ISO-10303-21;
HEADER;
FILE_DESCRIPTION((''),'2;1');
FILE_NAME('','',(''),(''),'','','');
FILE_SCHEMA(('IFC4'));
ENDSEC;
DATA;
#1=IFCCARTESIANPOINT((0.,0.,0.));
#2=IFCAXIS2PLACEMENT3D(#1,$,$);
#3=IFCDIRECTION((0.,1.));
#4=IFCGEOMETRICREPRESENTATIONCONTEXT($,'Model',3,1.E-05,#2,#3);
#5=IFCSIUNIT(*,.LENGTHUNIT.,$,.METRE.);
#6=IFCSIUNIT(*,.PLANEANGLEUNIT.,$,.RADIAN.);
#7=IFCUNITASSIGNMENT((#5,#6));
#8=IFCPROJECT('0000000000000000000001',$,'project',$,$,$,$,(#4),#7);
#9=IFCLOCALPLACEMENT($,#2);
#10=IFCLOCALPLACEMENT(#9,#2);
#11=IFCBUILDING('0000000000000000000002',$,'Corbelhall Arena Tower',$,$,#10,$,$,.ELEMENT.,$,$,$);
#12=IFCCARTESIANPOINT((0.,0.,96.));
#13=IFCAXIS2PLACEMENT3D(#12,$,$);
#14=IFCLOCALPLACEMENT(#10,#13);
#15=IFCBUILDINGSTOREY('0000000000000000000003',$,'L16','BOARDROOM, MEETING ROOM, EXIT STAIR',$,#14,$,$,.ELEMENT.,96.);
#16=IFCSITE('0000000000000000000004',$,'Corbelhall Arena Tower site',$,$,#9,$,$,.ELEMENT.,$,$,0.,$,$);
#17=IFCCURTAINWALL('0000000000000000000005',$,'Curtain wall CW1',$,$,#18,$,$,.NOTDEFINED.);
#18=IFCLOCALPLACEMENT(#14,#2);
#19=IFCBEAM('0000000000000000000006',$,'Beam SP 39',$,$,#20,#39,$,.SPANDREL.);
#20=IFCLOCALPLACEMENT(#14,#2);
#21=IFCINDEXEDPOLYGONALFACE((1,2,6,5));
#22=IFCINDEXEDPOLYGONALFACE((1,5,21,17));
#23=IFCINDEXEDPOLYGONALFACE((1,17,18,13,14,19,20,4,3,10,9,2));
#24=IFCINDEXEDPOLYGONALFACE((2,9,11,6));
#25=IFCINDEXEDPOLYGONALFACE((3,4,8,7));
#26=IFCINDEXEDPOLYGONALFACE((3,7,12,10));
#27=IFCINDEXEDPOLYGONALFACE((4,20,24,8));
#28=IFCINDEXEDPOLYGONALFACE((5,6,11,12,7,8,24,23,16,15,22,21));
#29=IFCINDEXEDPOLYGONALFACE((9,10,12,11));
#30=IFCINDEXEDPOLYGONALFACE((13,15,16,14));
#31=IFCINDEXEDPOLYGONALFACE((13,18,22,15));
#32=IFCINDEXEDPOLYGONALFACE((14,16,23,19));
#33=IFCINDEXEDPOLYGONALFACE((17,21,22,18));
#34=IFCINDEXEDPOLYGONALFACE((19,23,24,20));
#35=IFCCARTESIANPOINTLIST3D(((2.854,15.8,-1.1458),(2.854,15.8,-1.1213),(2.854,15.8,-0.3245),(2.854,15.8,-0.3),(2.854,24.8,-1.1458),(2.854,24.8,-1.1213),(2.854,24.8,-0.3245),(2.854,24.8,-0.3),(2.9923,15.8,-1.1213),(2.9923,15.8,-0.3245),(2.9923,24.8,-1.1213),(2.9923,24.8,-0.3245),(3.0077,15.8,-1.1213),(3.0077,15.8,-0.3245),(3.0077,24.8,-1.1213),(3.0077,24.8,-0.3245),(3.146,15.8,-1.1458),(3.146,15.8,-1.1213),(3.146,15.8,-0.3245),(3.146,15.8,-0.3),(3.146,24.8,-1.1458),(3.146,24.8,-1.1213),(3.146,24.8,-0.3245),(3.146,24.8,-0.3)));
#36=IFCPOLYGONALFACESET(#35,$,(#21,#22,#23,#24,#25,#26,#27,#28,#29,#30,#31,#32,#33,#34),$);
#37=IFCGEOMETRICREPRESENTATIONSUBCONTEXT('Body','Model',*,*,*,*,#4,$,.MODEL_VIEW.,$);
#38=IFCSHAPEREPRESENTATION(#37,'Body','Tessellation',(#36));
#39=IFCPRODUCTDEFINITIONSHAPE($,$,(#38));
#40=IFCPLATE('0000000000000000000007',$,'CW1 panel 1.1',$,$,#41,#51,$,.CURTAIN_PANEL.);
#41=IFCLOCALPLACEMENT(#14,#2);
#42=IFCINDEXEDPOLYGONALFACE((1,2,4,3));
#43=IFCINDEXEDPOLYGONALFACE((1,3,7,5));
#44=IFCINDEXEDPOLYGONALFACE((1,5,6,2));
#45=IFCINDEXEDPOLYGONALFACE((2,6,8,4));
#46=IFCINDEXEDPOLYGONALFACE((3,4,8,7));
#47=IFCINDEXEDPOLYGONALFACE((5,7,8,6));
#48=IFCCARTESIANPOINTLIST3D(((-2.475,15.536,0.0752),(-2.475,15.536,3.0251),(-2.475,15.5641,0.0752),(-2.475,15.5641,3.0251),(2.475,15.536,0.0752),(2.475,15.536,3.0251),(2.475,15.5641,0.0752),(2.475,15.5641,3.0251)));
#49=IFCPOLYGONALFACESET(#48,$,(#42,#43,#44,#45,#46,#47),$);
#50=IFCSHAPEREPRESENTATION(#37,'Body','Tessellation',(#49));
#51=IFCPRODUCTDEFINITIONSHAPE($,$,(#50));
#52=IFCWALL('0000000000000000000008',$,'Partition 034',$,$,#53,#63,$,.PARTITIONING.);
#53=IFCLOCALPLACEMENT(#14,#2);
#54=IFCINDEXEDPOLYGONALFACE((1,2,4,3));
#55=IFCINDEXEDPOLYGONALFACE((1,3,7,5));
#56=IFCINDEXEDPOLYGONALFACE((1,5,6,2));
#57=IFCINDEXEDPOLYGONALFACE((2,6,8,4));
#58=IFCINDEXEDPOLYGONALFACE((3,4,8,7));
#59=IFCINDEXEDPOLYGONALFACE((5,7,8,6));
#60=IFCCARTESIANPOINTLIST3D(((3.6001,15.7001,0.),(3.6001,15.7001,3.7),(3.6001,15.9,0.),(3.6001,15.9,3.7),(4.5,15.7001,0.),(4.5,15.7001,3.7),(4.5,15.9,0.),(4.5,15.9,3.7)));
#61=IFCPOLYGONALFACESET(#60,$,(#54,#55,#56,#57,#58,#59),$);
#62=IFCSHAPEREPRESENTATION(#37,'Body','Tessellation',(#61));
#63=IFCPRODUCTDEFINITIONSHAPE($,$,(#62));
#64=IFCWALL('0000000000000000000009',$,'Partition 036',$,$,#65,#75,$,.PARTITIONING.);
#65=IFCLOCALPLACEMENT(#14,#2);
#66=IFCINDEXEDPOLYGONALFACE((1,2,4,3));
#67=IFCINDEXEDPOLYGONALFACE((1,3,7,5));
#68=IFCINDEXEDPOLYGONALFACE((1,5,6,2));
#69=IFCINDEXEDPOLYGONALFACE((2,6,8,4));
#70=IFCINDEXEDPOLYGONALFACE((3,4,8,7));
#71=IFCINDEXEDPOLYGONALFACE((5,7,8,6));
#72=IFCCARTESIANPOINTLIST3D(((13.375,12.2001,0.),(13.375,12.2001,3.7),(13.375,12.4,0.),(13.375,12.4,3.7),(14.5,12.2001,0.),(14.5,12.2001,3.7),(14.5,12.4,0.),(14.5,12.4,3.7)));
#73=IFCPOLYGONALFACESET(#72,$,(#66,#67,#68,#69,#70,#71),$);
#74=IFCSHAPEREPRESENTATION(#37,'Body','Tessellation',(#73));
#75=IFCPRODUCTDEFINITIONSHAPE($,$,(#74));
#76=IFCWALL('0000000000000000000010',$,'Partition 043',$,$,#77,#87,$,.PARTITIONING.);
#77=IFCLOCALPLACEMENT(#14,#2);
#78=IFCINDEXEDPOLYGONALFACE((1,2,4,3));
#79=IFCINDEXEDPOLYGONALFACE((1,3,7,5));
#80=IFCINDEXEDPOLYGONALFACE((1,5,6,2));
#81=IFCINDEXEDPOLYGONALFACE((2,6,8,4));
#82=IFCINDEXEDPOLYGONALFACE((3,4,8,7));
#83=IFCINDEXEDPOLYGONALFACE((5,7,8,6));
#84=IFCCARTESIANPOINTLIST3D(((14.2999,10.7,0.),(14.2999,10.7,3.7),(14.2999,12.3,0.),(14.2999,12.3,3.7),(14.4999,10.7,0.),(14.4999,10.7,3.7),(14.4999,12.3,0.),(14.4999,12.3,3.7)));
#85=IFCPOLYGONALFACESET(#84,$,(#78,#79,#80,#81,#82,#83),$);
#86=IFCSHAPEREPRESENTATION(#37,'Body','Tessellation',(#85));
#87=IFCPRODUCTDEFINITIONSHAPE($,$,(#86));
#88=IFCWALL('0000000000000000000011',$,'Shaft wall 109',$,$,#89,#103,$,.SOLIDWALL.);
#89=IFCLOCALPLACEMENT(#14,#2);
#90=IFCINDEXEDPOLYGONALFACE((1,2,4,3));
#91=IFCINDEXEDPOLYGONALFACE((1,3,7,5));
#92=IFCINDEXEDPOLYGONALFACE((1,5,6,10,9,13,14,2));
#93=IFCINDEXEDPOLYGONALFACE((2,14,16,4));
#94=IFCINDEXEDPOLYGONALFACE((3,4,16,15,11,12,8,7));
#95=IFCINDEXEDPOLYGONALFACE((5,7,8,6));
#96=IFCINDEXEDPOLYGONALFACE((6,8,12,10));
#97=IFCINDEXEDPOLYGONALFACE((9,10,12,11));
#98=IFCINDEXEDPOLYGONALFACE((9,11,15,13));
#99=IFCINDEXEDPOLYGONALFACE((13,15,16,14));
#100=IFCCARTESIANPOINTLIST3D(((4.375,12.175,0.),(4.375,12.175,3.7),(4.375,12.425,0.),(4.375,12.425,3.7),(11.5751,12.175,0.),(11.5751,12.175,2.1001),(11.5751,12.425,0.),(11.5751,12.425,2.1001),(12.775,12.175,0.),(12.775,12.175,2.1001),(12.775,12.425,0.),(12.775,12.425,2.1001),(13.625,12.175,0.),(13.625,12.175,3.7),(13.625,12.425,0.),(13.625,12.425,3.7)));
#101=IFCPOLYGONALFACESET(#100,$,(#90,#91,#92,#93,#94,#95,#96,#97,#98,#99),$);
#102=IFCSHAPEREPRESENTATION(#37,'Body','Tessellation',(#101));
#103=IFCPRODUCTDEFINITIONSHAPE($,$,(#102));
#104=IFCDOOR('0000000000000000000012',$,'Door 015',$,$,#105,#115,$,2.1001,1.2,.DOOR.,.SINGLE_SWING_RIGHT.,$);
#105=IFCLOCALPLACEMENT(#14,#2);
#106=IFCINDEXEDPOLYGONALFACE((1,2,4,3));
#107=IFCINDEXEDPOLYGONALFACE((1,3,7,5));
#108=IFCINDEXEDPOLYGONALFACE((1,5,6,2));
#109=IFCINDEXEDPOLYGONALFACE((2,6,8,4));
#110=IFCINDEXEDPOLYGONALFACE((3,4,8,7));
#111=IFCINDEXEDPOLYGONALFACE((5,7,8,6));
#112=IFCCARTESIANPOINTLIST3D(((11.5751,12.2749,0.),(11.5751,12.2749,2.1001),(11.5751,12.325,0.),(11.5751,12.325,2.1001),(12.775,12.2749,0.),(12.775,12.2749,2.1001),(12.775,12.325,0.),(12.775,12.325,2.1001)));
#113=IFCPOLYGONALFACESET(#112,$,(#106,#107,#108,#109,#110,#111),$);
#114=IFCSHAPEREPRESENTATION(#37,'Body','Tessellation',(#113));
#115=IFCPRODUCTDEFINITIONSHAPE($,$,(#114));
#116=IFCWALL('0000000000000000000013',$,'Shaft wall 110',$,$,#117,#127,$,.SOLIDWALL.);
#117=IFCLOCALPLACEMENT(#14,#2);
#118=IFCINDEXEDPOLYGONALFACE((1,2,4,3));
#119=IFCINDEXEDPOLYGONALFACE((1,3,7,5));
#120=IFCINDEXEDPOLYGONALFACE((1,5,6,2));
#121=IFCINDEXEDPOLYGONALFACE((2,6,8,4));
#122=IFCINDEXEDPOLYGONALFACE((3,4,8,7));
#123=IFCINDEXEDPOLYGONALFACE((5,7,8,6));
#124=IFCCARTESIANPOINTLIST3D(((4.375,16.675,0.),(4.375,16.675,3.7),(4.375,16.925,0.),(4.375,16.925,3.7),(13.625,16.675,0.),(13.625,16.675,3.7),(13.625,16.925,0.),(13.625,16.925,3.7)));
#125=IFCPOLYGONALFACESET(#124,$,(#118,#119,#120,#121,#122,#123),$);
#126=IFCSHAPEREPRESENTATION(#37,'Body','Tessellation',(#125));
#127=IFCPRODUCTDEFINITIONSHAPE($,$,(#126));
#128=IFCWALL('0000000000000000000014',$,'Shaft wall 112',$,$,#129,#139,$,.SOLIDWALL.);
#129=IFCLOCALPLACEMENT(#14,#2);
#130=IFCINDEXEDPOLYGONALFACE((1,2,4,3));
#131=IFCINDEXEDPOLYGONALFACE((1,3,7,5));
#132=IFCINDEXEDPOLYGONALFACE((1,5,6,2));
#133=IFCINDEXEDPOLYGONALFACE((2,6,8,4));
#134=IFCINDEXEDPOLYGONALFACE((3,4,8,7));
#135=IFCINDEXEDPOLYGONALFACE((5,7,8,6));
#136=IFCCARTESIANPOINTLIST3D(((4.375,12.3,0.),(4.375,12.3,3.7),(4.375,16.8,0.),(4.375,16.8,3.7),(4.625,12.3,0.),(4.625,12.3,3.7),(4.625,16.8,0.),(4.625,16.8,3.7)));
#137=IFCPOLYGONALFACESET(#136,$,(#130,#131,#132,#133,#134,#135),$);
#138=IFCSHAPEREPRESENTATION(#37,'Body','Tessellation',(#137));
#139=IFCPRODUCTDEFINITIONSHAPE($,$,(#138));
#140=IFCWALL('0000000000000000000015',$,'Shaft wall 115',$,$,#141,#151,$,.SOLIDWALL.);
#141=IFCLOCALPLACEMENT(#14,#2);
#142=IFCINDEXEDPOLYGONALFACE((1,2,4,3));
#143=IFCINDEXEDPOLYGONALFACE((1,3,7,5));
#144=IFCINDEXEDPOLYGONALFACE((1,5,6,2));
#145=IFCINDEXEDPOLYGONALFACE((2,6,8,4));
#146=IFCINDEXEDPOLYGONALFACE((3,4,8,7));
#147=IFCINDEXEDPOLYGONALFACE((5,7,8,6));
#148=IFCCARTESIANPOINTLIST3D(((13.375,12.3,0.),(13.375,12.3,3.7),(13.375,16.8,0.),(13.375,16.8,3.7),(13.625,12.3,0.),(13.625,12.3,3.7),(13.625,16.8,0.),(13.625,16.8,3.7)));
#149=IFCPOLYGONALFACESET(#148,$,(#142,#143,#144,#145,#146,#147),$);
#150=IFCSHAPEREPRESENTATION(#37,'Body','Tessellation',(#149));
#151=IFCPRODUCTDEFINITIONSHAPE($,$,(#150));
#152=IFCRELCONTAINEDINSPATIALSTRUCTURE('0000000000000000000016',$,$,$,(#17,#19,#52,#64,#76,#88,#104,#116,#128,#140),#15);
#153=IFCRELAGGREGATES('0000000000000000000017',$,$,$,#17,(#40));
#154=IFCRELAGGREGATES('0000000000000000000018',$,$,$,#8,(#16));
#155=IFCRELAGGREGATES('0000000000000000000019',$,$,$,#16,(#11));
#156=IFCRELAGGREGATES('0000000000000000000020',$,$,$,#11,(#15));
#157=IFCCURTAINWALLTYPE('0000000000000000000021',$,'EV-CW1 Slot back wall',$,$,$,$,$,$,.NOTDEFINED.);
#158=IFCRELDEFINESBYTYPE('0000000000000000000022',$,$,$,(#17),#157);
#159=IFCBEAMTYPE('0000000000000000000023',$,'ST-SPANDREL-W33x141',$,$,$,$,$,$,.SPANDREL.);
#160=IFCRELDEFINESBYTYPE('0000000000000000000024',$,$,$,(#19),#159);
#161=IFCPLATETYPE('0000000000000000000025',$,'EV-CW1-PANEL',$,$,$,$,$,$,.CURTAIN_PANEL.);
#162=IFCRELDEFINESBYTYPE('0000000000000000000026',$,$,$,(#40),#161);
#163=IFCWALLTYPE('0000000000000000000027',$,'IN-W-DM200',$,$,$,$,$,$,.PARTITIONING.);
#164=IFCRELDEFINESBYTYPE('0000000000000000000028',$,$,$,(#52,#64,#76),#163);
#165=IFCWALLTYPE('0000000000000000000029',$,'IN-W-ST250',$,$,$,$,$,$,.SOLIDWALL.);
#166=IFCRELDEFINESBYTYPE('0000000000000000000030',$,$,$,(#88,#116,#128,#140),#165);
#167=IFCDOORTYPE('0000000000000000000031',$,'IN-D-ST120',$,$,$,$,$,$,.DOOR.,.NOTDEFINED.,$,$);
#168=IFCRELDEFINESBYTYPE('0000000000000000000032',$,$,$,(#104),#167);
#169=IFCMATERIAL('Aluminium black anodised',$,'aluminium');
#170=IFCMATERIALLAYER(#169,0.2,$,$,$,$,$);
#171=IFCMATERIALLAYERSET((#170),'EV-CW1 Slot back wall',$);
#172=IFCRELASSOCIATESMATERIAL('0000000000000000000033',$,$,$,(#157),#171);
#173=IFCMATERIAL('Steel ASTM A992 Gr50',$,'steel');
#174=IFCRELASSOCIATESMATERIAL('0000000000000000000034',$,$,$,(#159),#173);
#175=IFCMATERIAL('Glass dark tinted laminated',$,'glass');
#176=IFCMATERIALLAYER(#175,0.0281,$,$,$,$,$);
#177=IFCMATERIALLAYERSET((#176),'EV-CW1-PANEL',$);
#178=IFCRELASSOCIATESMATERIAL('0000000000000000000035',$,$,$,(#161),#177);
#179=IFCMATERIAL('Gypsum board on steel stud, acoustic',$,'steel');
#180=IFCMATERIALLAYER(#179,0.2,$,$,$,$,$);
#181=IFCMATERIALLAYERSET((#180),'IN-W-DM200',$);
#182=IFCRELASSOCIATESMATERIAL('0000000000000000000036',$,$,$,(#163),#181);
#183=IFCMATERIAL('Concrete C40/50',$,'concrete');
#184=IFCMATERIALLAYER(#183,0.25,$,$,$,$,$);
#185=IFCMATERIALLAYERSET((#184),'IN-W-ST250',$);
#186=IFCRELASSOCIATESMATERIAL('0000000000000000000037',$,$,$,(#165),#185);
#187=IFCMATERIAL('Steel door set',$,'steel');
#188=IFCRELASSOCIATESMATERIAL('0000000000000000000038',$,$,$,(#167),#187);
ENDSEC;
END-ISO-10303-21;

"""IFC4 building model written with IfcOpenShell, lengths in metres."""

from ifc_helpers import new_model, si_unit, direction, frame, frame_2d, origin, origin_2d, place, context, subcontext, project, spatial, rectangle, i_section, extrude, material, layer, layer_set, material_profile, profile_set, type_object, element, fill, aggregate, save


model = new_model("IFC4")

# Units and contexts
model_context = context("Model", 3, precision=1e-05, world=origin(), true_north=direction((0.0, 1.0)))
body_context = subcontext(model_context, "Body", "Model", "MODEL_VIEW")
ifc_project = project(units=[si_unit("LENGTHUNIT", "METRE"), si_unit("PLANEANGLEUNIT", "RADIAN")], contexts=[model_context])

# Site, building, storey
site_placement = place(None, origin())
site = spatial("IfcSite", under=ifc_project, at=site_placement, Name="Corbelhall Arena Tower site", CompositionType="ELEMENT", RefElevation=0.0)
building_placement = place(site_placement, origin())
building = spatial("IfcBuilding", under=site, at=building_placement, Name="Corbelhall Arena Tower", CompositionType="ELEMENT")
storey_placement = place(building_placement, frame((0.0, 0.0, 96.0)))
storey = spatial("IfcBuildingStorey", under=building, at=storey_placement, Name="L16", Description="BOARDROOM, MEETING ROOM, EXIT STAIR", CompositionType="ELEMENT", Elevation=96.0)

# Curtain wall
ifc_material_1 = material(Name="Aluminium black anodised", Category="aluminium")
ifc_layer_1 = layer(ifc_material_1, 0.2)
ifc_layer_set_1 = layer_set([ifc_layer_1], Name="EV-CW1 Slot back wall")
curtain_wall_type = type_object("IfcCurtainWallType", Name="EV-CW1 Slot back wall", PredefinedType="NOTDEFINED", material=ifc_layer_set_1)
curtain_wall_placement = place(storey_placement, origin())
curtain_wall = element("IfcCurtainWall", 1, at=curtain_wall_placement, inside=storey, type_object=curtain_wall_type, Name="Curtain wall CW1", PredefinedType="NOTDEFINED")

# Beam
ifc_material_2 = material(Name="Steel ASTM A992 Gr50", Category="steel")
ifc_material_profile_1 = material_profile(ifc_material_2, i_section(OverallWidth=0.292, OverallDepth=0.8457, WebThickness=0.0154, FlangeThickness=0.0244, at=origin_2d()))
ifc_profile_set_1 = profile_set([ifc_material_profile_1], Name="Steel ASTM A992 Gr50")
beam_type_1 = type_object("IfcBeamType", Name="ST-SPANDREL-W33x141", PredefinedType="SPANDREL", material=ifc_profile_set_1)
beam_1_placement = place(storey_placement, frame((3.0, 15.8, -0.7229), z_axis=(0.0, 1.0, 0.0), x_axis=(-1.0, 0.0, 0.0)))
element("IfcBeam", 2, at=beam_1_placement, inside=storey, type_object=beam_type_1, Name="Beam SP 39", PredefinedType="SPANDREL", context=body_context, shape_type="SweptSolid", body=[
    extrude(i_section(OverallWidth=0.292, OverallDepth=0.8457, WebThickness=0.0154, FlangeThickness=0.0244, at=origin_2d()), origin(), (0.0, 0.0, 1.0), 9.0),
])

# Plate
ifc_material_3 = material(Name="Glass dark tinted laminated", Category="glass")
ifc_layer_2 = layer(ifc_material_3, 0.0281)
ifc_layer_set_2 = layer_set([ifc_layer_2], Name="EV-CW1-PANEL")
plate_type = type_object("IfcPlateType", Name="EV-CW1-PANEL", PredefinedType="CURTAIN_PANEL", material=ifc_layer_set_2)
plate_placement = place(storey_placement, frame((0.0, 15.55, 0.0752), z_axis=(0.0, 0.0, 1.0), x_axis=(-1.0, 0.0, 0.0)))
plate = element("IfcPlate", 3, at=plate_placement, type_object=plate_type, Name="CW1 panel 1.1", PredefinedType="CURTAIN_PANEL", context=body_context, shape_type="SweptSolid", body=[
    extrude(rectangle(XDim=4.95, YDim=0.0281, at=origin_2d()), origin(), (0.0, 0.0, 1.0), 2.95),
])
aggregate(curtain_wall, [plate])

# Walls
ifc_material_4 = material(Name="Gypsum board on steel stud, acoustic", Category="steel")
ifc_layer_3 = layer(ifc_material_4, 0.2)
ifc_layer_set_3 = layer_set([ifc_layer_3], Name="IN-W-DM200")
wall_type_1 = type_object("IfcWallType", Name="IN-W-DM200", PredefinedType="PARTITIONING", material=ifc_layer_set_3)
wall_1_placement = place(storey_placement, frame((3.6001, 15.8, 0.0), z_axis=(0.0, 0.0, 1.0), x_axis=(1.0, 0.0, 0.0)))
element("IfcWall", 4, at=wall_1_placement, inside=storey, type_object=wall_type_1, Name="Partition 034", PredefinedType="PARTITIONING", context=body_context, shape_type="SweptSolid", body=[
    extrude(rectangle(XDim=0.8999, YDim=0.2, at=frame_2d((0.45, 0.0))), origin(), (0.0, 0.0, 1.0), 3.7),
])
wall_2_placement = place(storey_placement, frame((13.375, 12.3, 0.0), z_axis=(0.0, 0.0, 1.0), x_axis=(1.0, 0.0, 0.0)))
element("IfcWall", 5, at=wall_2_placement, inside=storey, type_object=wall_type_1, Name="Partition 036", PredefinedType="PARTITIONING", context=body_context, shape_type="SweptSolid", body=[
    extrude(rectangle(XDim=1.125, YDim=0.2, at=frame_2d((0.5625, 0.0))), origin(), (0.0, 0.0, 1.0), 3.7),
])
wall_3_placement = place(storey_placement, frame((14.3999, 12.3, 0.0), z_axis=(0.0, 0.0, 1.0), x_axis=(0.0, -1.0, 0.0)))
element("IfcWall", 6, at=wall_3_placement, inside=storey, type_object=wall_type_1, Name="Partition 043", PredefinedType="PARTITIONING", context=body_context, shape_type="SweptSolid", body=[
    extrude(rectangle(XDim=1.6001, YDim=0.2, at=frame_2d((0.8, 0.0))), origin(), (0.0, 0.0, 1.0), 3.7),
])

# Wall, opening, door
ifc_material_5 = material(Name="Concrete C40/50", Category="concrete")
ifc_layer_4 = layer(ifc_material_5, 0.25)
ifc_layer_set_4 = layer_set([ifc_layer_4], Name="IN-W-ST250")
wall_type_2 = type_object("IfcWallType", Name="IN-W-ST250", PredefinedType="SOLIDWALL", material=ifc_layer_set_4)
wall_4_placement = place(storey_placement, frame((4.375, 12.3, 0.0), z_axis=(0.0, 0.0, 1.0), x_axis=(1.0, 0.0, 0.0)))
wall_4 = element("IfcWall", 7, at=wall_4_placement, inside=storey, type_object=wall_type_2, Name="Shaft wall 109", PredefinedType="SOLIDWALL", context=body_context, shape_type="SweptSolid", body=[
    extrude(rectangle(XDim=9.25, YDim=0.25, at=frame_2d((4.625, 0.0))), origin(), (0.0, 0.0, 1.0), 3.7),
])
opening_1_placement = place(wall_4_placement, frame((7.2, 0.0, 0.0)))
opening_1 = element("IfcOpeningElement", 8, at=opening_1_placement, cuts=wall_4, PredefinedType="OPENING", context=body_context, shape_type="SweptSolid", body=[
    extrude(rectangle(XDim=1.2, YDim=2.1001, at=frame_2d((0.6001, 1.05))), frame((0.0, 0.125, 0.0), z_axis=(0.0, -1.0, 0.0), x_axis=(1.0, 0.0, 0.0)), (0.0, 0.0, 1.0), 0.25),
])
ifc_material_6 = material(Name="Steel door set", Category="steel")
door_type = type_object("IfcDoorType", Name="IN-D-ST120", OperationType="NOTDEFINED", PredefinedType="DOOR", material=ifc_material_6)
door_placement = place(opening_1_placement, origin())
door = element("IfcDoor", 9, at=door_placement, inside=storey, type_object=door_type, Name="Door 015", OperationType="SINGLE_SWING_RIGHT", OverallHeight=2.1001, OverallWidth=1.2, PredefinedType="DOOR", context=body_context, shape_type="SweptSolid", body=[
    extrude(rectangle(XDim=1.2, YDim=2.1001, at=frame_2d((0.6001, 1.05))), frame((0.0, 0.0249, 0.0), z_axis=(0.0, -1.0, 0.0), x_axis=(1.0, 0.0, 0.0)), (0.0, 0.0, 1.0), 0.05),
])
fill(opening_1, door)

# Walls
wall_5_placement = place(storey_placement, frame((4.375, 16.8, 0.0), z_axis=(0.0, 0.0, 1.0), x_axis=(1.0, 0.0, 0.0)))
element("IfcWall", 10, at=wall_5_placement, inside=storey, type_object=wall_type_2, Name="Shaft wall 110", PredefinedType="SOLIDWALL", context=body_context, shape_type="SweptSolid", body=[
    extrude(rectangle(XDim=9.25, YDim=0.25, at=frame_2d((4.625, 0.0))), origin(), (0.0, 0.0, 1.0), 3.7),
])
for number, where, z_axis, x_axis, name in (
    (11, (4.5, 12.3, 0.0), (0.0, 0.0, 1.0), (0.0, 1.0, 0.0), "Shaft wall 112"),
    (12, (13.5, 16.8, 0.0), (0.0, 0.0, 1.0), (0.0, -1.0, 0.0), "Shaft wall 115"),
):
    element("IfcWall", number, at=place(storey_placement, frame(where, z_axis=z_axis, x_axis=x_axis)), inside=storey, type_object=wall_type_2, Name=name, PredefinedType="SOLIDWALL", context=body_context, shape_type="SweptSolid", body=[
        extrude(rectangle(XDim=4.5, YDim=0.25, at=frame_2d((2.25, 0.0))), origin(), (0.0, 0.0, 1.0), 3.7),
    ])

save(model, "model.ifc")
